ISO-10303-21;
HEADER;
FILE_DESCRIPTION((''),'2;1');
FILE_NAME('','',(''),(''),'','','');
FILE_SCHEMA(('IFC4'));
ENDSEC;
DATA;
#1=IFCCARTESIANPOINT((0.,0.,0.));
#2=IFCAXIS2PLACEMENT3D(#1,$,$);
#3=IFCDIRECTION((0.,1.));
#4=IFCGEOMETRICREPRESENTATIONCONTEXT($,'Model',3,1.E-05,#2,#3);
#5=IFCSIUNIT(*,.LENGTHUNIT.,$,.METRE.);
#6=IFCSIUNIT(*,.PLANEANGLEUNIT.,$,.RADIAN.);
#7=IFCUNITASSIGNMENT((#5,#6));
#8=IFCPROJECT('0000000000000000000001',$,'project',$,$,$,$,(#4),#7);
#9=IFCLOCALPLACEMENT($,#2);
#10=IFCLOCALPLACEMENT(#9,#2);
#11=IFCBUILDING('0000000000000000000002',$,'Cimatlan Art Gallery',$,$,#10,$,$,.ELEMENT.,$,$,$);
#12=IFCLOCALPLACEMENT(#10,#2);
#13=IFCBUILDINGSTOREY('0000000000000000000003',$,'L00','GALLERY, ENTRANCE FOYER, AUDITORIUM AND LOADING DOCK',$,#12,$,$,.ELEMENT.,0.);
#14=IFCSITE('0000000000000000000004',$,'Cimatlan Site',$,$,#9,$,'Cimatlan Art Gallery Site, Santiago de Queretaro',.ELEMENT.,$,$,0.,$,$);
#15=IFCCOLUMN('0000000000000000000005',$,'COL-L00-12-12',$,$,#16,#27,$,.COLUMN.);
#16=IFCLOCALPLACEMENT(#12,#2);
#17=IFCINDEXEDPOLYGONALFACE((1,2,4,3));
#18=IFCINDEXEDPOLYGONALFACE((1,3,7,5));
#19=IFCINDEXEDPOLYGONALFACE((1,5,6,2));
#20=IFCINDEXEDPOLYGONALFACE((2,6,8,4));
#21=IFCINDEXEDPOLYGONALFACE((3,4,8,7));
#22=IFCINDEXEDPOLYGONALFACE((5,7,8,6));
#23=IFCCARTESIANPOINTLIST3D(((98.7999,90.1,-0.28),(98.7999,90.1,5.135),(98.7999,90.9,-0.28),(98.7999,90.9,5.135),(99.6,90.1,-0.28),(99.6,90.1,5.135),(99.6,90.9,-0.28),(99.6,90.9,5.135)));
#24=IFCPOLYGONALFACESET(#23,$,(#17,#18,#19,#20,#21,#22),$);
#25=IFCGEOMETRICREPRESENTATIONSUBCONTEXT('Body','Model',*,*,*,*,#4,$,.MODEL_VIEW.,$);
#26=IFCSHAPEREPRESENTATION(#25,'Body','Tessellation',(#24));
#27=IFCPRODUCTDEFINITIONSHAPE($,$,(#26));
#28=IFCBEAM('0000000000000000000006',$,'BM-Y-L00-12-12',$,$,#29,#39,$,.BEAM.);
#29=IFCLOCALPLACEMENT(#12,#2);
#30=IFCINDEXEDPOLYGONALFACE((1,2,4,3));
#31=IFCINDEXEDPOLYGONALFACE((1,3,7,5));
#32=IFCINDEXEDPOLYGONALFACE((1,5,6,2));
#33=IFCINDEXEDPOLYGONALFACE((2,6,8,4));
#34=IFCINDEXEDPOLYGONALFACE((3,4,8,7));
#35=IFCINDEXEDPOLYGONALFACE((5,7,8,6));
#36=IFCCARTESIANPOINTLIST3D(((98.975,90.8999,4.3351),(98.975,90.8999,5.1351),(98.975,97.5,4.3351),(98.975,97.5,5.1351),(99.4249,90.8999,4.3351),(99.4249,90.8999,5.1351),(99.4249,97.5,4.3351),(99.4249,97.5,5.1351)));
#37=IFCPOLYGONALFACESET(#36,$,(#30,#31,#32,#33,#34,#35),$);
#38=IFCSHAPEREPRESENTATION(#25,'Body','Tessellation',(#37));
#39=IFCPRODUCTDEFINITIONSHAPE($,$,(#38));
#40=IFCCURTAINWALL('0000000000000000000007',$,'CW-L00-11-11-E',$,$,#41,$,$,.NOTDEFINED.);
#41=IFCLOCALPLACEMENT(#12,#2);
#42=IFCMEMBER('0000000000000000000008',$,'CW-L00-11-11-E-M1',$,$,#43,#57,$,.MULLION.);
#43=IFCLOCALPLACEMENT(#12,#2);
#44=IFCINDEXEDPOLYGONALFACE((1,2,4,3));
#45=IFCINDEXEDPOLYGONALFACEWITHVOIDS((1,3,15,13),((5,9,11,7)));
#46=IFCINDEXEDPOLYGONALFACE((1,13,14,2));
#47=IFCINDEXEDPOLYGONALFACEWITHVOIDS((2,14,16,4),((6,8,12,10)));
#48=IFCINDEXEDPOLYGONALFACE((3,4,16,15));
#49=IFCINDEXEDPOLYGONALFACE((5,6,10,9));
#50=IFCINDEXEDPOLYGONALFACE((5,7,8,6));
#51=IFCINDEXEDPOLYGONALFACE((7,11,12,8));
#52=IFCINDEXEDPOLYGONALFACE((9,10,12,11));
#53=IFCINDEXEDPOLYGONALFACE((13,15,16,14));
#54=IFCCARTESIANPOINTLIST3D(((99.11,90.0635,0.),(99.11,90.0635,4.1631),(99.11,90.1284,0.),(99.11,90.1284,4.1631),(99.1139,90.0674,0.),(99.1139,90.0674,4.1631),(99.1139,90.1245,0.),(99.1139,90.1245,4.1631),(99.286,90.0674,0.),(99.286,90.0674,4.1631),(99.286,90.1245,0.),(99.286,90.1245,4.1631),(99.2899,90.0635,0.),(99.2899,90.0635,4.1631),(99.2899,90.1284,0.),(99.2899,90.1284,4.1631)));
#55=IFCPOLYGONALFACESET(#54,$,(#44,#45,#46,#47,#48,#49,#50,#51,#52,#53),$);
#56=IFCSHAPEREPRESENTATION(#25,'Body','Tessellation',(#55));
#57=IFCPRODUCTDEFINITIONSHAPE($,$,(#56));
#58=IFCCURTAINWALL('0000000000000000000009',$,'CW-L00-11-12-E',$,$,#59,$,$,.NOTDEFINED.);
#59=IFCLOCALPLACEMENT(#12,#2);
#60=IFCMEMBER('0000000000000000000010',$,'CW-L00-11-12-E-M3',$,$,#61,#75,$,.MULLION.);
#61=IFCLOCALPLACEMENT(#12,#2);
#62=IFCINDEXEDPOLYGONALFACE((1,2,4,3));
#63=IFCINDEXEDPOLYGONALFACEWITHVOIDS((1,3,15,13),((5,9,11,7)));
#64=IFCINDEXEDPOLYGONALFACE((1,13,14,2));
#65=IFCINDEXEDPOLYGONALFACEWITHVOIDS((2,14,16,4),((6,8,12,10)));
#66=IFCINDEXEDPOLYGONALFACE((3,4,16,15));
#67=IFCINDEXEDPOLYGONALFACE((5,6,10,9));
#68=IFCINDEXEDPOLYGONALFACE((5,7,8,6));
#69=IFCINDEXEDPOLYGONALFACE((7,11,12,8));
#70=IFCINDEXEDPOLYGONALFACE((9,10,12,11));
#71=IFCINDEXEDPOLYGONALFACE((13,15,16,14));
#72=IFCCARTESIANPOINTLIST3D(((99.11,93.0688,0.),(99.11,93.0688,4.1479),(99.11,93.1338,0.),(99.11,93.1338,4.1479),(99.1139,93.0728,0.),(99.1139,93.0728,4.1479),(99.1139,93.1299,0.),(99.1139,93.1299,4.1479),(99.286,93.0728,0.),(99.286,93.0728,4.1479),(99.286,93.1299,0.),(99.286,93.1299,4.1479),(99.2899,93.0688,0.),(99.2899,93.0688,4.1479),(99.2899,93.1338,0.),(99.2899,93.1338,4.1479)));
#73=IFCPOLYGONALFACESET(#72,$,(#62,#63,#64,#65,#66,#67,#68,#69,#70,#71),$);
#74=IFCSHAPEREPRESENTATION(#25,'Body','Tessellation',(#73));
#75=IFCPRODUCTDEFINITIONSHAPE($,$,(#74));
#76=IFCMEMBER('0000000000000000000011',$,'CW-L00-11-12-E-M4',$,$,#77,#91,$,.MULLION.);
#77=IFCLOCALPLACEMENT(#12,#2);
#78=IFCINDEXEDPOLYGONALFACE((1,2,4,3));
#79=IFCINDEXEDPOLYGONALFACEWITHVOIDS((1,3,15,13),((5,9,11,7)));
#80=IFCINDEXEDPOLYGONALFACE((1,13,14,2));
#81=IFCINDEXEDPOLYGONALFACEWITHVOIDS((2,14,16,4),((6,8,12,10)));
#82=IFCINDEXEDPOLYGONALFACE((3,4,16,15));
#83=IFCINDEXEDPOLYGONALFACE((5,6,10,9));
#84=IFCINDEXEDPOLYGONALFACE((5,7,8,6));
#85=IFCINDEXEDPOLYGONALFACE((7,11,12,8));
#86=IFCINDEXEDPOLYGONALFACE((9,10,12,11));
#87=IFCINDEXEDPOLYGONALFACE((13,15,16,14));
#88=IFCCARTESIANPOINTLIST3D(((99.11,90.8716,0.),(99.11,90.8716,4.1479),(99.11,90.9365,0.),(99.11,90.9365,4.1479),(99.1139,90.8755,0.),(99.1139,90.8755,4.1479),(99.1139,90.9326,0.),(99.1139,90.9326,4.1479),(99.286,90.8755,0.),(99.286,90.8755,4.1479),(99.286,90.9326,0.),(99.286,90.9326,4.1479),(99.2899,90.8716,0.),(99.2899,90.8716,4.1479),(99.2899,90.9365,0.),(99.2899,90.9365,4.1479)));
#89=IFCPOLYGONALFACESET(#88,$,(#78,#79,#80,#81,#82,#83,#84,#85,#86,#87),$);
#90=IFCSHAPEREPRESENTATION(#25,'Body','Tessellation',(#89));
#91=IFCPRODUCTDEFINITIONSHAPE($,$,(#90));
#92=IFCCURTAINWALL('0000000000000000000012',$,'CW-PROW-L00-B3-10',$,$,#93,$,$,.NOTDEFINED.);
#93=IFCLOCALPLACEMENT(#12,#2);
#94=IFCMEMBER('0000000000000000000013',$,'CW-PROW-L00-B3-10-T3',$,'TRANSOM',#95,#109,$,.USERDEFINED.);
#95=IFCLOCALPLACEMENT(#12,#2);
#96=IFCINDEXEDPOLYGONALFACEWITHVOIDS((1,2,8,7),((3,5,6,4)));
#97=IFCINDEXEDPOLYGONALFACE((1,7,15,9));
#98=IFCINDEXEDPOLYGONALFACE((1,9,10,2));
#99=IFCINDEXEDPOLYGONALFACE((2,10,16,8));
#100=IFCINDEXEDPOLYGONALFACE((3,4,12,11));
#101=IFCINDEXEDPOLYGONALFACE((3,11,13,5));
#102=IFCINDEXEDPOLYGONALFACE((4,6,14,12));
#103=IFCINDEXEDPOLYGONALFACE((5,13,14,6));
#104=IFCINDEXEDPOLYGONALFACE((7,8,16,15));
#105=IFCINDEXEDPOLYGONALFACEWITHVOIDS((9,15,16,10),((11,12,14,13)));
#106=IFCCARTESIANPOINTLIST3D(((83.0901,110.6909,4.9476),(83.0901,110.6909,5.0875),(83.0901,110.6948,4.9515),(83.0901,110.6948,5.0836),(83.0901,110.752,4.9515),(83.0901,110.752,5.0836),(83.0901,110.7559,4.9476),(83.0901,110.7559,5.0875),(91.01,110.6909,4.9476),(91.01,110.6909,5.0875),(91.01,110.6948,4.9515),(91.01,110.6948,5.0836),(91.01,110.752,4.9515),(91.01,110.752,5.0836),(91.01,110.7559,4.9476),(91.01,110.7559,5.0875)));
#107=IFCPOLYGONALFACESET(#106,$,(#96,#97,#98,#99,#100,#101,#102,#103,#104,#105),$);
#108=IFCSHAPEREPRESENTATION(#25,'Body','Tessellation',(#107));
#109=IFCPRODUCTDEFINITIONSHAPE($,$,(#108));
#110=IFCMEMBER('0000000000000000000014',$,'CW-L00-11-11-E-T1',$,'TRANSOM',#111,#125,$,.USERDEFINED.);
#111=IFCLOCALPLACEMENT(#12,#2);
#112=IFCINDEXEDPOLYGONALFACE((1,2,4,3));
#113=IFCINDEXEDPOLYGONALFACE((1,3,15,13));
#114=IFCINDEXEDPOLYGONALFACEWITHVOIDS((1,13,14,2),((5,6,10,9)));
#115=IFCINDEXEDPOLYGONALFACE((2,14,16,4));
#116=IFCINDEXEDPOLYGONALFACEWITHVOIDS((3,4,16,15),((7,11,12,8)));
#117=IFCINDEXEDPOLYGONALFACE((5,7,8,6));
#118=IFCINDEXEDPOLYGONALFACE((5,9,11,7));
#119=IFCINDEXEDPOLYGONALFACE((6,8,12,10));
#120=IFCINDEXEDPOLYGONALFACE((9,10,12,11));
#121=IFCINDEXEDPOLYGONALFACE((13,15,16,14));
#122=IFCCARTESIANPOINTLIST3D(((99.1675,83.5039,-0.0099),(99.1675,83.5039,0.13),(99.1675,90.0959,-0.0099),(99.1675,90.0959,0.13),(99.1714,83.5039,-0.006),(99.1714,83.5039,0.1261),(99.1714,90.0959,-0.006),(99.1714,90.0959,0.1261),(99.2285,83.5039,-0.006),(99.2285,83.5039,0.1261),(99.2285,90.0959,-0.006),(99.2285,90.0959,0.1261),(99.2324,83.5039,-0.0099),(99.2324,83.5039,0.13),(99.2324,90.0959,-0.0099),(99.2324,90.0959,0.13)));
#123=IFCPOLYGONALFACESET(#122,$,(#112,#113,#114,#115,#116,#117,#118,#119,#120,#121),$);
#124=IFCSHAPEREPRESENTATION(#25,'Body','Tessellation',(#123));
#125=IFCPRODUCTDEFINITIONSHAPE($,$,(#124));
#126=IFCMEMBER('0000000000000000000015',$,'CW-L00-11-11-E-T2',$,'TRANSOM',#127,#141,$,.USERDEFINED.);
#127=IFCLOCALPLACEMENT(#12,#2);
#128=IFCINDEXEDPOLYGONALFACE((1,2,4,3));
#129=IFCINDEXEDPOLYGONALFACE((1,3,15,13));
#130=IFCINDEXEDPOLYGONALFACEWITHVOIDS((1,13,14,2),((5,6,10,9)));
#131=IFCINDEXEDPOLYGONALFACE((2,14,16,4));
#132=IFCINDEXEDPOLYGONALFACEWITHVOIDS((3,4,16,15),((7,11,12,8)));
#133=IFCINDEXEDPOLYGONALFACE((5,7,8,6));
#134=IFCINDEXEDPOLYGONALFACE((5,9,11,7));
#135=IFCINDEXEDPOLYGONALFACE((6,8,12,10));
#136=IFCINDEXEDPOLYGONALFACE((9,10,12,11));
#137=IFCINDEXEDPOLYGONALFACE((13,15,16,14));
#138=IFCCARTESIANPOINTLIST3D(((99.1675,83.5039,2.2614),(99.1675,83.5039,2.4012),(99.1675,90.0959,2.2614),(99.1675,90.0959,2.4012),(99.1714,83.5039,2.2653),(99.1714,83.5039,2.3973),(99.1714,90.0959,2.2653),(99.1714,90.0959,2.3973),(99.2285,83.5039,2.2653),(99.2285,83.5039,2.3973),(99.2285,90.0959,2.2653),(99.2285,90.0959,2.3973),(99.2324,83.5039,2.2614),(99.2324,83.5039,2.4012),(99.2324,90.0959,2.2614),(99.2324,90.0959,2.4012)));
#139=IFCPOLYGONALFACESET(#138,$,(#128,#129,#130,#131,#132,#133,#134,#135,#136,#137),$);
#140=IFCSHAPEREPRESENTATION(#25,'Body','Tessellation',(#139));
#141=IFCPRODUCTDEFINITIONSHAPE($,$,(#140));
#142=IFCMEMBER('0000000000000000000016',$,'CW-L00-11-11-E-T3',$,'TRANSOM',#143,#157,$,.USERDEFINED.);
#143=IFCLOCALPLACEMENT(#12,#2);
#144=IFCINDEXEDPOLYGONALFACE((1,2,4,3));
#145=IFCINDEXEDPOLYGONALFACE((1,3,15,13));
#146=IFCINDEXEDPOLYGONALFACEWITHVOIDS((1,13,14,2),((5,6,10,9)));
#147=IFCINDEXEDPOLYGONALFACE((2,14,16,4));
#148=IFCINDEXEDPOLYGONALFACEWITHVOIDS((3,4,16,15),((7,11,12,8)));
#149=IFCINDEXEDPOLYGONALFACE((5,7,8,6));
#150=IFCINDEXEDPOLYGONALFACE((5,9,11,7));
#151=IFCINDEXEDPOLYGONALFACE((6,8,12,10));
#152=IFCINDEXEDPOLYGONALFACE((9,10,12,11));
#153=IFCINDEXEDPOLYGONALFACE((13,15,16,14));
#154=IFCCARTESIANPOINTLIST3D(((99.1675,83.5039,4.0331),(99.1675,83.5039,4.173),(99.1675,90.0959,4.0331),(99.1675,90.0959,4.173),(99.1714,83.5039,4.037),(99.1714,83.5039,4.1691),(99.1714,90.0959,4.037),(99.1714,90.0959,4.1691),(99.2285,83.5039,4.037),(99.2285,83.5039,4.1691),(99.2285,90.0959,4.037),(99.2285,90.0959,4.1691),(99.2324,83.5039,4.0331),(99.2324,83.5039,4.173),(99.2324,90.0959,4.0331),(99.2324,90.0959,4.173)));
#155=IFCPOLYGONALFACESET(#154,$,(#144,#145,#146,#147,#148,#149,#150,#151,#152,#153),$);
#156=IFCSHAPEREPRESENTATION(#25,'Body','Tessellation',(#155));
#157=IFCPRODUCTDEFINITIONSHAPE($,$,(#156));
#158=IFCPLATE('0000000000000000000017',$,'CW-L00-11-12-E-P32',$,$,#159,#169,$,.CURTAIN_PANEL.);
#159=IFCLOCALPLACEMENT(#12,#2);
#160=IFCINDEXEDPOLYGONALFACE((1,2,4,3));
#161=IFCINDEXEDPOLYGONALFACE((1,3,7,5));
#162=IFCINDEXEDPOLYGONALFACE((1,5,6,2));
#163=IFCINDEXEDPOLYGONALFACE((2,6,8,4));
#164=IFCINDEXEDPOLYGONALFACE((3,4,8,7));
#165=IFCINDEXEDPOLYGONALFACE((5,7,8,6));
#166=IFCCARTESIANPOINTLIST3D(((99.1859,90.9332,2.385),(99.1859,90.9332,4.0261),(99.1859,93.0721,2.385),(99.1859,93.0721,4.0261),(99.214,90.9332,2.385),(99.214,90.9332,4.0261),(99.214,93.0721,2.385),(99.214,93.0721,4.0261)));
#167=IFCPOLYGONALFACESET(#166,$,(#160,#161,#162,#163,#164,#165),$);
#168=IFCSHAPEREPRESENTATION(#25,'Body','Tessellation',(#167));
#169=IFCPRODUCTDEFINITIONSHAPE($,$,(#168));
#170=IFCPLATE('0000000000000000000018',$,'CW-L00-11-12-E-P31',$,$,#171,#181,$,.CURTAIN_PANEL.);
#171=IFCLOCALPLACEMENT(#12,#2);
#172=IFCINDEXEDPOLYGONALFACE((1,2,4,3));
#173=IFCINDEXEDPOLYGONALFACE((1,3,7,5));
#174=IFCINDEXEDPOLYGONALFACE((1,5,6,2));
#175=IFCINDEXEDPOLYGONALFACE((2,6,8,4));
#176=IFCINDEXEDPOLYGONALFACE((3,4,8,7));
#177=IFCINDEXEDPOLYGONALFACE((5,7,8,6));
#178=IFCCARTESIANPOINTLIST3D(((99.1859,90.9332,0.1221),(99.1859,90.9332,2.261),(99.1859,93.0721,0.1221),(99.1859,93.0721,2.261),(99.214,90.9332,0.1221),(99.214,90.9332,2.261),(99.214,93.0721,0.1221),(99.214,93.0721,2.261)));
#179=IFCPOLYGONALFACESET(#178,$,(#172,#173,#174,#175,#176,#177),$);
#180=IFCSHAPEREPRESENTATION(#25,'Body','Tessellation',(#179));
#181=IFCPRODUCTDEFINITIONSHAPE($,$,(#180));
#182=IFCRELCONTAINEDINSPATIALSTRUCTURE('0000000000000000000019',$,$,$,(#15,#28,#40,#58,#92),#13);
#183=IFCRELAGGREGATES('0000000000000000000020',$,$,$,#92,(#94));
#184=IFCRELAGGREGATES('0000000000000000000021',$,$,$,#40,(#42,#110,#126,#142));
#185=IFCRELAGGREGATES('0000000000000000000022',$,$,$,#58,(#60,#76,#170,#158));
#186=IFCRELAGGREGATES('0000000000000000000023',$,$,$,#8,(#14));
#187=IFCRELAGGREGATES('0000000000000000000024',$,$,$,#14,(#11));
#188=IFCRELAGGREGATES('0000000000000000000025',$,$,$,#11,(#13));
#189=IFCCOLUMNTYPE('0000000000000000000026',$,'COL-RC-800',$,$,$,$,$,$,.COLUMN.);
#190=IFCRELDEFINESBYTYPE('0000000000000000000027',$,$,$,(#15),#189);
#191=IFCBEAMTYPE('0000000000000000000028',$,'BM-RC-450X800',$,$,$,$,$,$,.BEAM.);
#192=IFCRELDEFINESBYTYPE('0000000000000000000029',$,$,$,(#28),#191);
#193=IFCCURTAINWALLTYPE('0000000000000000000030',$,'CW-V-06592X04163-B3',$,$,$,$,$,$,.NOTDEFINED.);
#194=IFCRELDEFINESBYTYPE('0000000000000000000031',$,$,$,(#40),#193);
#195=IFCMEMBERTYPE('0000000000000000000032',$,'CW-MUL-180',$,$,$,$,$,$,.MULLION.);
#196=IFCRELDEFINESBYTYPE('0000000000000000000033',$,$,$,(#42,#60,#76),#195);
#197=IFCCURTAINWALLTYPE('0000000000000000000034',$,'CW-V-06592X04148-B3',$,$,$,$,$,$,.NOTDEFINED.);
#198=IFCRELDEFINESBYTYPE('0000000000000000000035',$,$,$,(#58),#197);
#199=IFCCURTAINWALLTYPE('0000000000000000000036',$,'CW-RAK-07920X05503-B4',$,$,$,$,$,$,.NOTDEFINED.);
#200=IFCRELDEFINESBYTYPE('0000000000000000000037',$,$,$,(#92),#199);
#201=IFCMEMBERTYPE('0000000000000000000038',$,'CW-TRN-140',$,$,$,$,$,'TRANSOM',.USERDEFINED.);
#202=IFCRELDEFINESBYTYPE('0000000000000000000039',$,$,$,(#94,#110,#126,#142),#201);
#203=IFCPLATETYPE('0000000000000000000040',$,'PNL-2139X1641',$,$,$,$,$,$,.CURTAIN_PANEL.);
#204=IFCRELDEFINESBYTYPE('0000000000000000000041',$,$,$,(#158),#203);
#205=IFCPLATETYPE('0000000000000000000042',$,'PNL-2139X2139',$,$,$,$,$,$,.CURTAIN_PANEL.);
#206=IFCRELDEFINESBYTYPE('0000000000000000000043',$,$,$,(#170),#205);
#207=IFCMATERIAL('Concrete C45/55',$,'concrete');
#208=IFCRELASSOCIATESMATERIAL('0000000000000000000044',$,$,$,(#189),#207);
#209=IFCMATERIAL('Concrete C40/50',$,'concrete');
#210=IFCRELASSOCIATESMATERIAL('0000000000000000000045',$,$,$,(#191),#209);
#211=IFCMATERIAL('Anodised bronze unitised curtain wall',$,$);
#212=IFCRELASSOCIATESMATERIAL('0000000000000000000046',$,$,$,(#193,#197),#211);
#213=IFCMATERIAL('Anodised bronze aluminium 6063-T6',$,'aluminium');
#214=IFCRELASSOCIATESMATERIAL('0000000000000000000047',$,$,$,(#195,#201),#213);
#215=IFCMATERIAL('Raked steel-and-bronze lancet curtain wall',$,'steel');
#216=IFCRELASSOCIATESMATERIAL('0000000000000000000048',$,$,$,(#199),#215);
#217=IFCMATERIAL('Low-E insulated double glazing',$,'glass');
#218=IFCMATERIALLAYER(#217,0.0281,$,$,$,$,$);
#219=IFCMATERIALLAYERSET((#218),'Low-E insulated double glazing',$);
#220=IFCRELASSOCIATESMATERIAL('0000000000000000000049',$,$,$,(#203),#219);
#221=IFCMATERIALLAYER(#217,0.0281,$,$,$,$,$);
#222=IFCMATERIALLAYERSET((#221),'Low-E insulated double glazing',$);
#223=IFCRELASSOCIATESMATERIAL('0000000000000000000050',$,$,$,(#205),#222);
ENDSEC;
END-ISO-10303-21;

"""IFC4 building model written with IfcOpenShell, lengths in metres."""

from ifc_helpers import new_model, si_unit, direction, frame, origin, origin_2d, place, context, subcontext, project, spatial, rectangle, hollow_rectangle, extrude, material, layer, layer_set, material_profile, profile_set, type_object, element, aggregate, save


model = new_model("IFC4")

# Units and contexts
model_context = context("Model", 3, precision=1e-05, world=origin(), true_north=direction((0.0, 1.0)))
body_context = subcontext(model_context, "Body", "Model", "MODEL_VIEW")
ifc_project = project(units=[si_unit("LENGTHUNIT", "METRE"), si_unit("PLANEANGLEUNIT", "RADIAN")], contexts=[model_context])

# Site, building, storey
site_placement = place(None, origin())
site = spatial("IfcSite", under=ifc_project, at=site_placement, Name="Cimatlan Site", LongName="Cimatlan Art Gallery Site, Santiago de Queretaro", CompositionType="ELEMENT", RefElevation=0.0)
building_placement = place(site_placement, origin())
building = spatial("IfcBuilding", under=site, at=building_placement, Name="Cimatlan Art Gallery", CompositionType="ELEMENT")
storey_placement = place(building_placement, origin())
storey = spatial("IfcBuildingStorey", under=building, at=storey_placement, Name="L00", Description="GALLERY, ENTRANCE FOYER, AUDITORIUM AND LOADING DOCK", CompositionType="ELEMENT", Elevation=0.0)

# Shared definitions
ifc_material_1 = material(Name="Concrete C40/50", Category="concrete")

# Column
ifc_material_2 = material(Name="Concrete C45/55", Category="concrete")
ifc_material_profile_1 = material_profile(ifc_material_2, rectangle(XDim=0.8, YDim=0.8, at=origin_2d()), Name="RC800X800")
ifc_profile_set_1 = profile_set([ifc_material_profile_1], Name="Concrete C45/55")
column_type = type_object("IfcColumnType", Name="COL-RC-800", PredefinedType="COLUMN", material=ifc_profile_set_1)
column_placement = place(storey_placement, frame((99.2, 90.5, -0.28), z_axis=(0.0, 0.0, 1.0), x_axis=(1.0, 0.0, 0.0)))
element("IfcColumn", 1, at=column_placement, inside=storey, type_object=column_type, Name="COL-L00-12-12", PredefinedType="COLUMN", context=body_context, shape_type="SweptSolid", body=[
    extrude(rectangle(XDim=0.8, YDim=0.8, at=origin_2d()), origin(), (0.0, 0.0, 1.0), 5.415),
])

# Beam
ifc_material_profile_2 = material_profile(ifc_material_1, rectangle(XDim=0.45, YDim=0.8, at=origin_2d()), Name="RC450X800")
ifc_profile_set_2 = profile_set([ifc_material_profile_2], Name="Concrete C40/50")
beam_type = type_object("IfcBeamType", Name="BM-RC-450X800", PredefinedType="BEAM", material=ifc_profile_set_2)
beam_placement = place(storey_placement, frame((99.2, 90.8999, 4.7351), z_axis=(0.0, 1.0, 0.0), x_axis=(-1.0, 0.0, 0.0)))
element("IfcBeam", 2, at=beam_placement, inside=storey, type_object=beam_type, Name="BM-Y-L00-12-12", PredefinedType="BEAM", context=body_context, shape_type="SweptSolid", body=[
    extrude(rectangle(XDim=0.45, YDim=0.8, at=origin_2d()), origin(), (0.0, 0.0, 1.0), 6.6001),
])

# Curtain wall, member
ifc_material_3 = material(Name="Anodised bronze unitised curtain wall")
curtain_wall_type_1 = type_object("IfcCurtainWallType", Name="CW-V-06592X04163-B3", PredefinedType="NOTDEFINED", material=ifc_material_3)
curtain_wall_1_placement = place(storey_placement, origin())
curtain_wall_1 = element("IfcCurtainWall", 3, at=curtain_wall_1_placement, inside=storey, type_object=curtain_wall_type_1, Name="CW-L00-11-11-E", PredefinedType="NOTDEFINED")
ifc_material_4 = material(Name="Anodised bronze aluminium 6063-T6", Category="aluminium")
ifc_material_profile_3 = material_profile(ifc_material_4, hollow_rectangle(XDim=0.0649, YDim=0.1799, WallThickness=0.0039, at=origin_2d()), Name="ALU65X180X4")
ifc_profile_set_3 = profile_set([ifc_material_profile_3], Name="Anodised bronze aluminium 6063-T6")
member_type_1 = type_object("IfcMemberType", Name="CW-MUL-180", PredefinedType="MULLION", material=ifc_profile_set_3)
member_1_placement = place(storey_placement, frame((99.2, 90.0959, 0.0), z_axis=(0.0, 0.0, 1.0), x_axis=(0.0, 1.0, 0.0)))
member_1 = element("IfcMember", 4, at=member_1_placement, type_object=member_type_1, Name="CW-L00-11-11-E-M1", PredefinedType="MULLION", context=body_context, shape_type="SweptSolid", body=[
    extrude(hollow_rectangle(XDim=0.0649, YDim=0.1799, WallThickness=0.0039, at=origin_2d()), origin(), (0.0, 0.0, 1.0), 4.1631),
])

# Curtain wall, members
curtain_wall_type_2 = type_object("IfcCurtainWallType", Name="CW-V-06592X04148-B3", PredefinedType="NOTDEFINED", material=ifc_material_3)
curtain_wall_2_placement = place(storey_placement, origin())
curtain_wall_2 = element("IfcCurtainWall", 5, at=curtain_wall_2_placement, inside=storey, type_object=curtain_wall_type_2, Name="CW-L00-11-12-E", PredefinedType="NOTDEFINED")
member_2_placement = place(storey_placement, frame((99.2, 93.1013, 0.0), z_axis=(0.0, 0.0, 1.0), x_axis=(0.0, 1.0, 0.0)))
member_2 = element("IfcMember", 6, at=member_2_placement, type_object=member_type_1, Name="CW-L00-11-12-E-M3", PredefinedType="MULLION", context=body_context, shape_type="SweptSolid", body=[
    extrude(hollow_rectangle(XDim=0.0649, YDim=0.1799, WallThickness=0.0039, at=origin_2d()), origin(), (0.0, 0.0, 1.0), 4.1479),
])
member_3_placement = place(storey_placement, frame((99.2, 90.9041, 0.0), z_axis=(0.0, 0.0, 1.0), x_axis=(0.0, 1.0, 0.0)))
member_3 = element("IfcMember", 7, at=member_3_placement, type_object=member_type_1, Name="CW-L00-11-12-E-M4", PredefinedType="MULLION", context=body_context, shape_type="SweptSolid", body=[
    extrude(hollow_rectangle(XDim=0.0649, YDim=0.1799, WallThickness=0.0039, at=origin_2d()), origin(), (0.0, 0.0, 1.0), 4.1479),
])

# Curtain wall, member
ifc_material_5 = material(Name="Raked steel-and-bronze lancet curtain wall", Category="steel")
curtain_wall_type_3 = type_object("IfcCurtainWallType", Name="CW-RAK-07920X05503-B4", PredefinedType="NOTDEFINED", material=ifc_material_5)
curtain_wall_3_placement = place(storey_placement, origin())
curtain_wall_3 = element("IfcCurtainWall", 8, at=curtain_wall_3_placement, inside=storey, type_object=curtain_wall_type_3, Name="CW-PROW-L00-B3-10", PredefinedType="NOTDEFINED")
ifc_material_profile_4 = material_profile(ifc_material_4, hollow_rectangle(XDim=0.0649, YDim=0.1399, WallThickness=0.0039, at=origin_2d()), Name="ALU65X140X4")
ifc_profile_set_4 = profile_set([ifc_material_profile_4], Name="Anodised bronze aluminium 6063-T6")
member_type_2 = type_object("IfcMemberType", Name="CW-TRN-140", ElementType="TRANSOM", PredefinedType="USERDEFINED", material=ifc_profile_set_4)
member_4_placement = place(storey_placement, frame((83.0901, 110.7234, 5.0176), z_axis=(1.0, 0.0, 0.0), x_axis=(0.0, 1.0, 0.0)))
member_4 = element("IfcMember", 9, at=member_4_placement, type_object=member_type_2, Name="CW-PROW-L00-B3-10-T3", ObjectType="TRANSOM", PredefinedType="USERDEFINED", context=body_context, shape_type="SweptSolid", body=[
    extrude(hollow_rectangle(XDim=0.0649, YDim=0.1399, WallThickness=0.0039, at=origin_2d()), origin(), (0.0, 0.0, 1.0), 7.9199),
])
aggregate(curtain_wall_3, [member_4])

# Members
member_5_placement = place(storey_placement, frame((99.2, 90.0959, 0.0601), z_axis=(0.0, -1.0, 0.0), x_axis=(1.0, 0.0, 0.0)))
member_5 = element("IfcMember", 10, at=member_5_placement, type_object=member_type_2, Name="CW-L00-11-11-E-T1", ObjectType="TRANSOM", PredefinedType="USERDEFINED", context=body_context, shape_type="SweptSolid", body=[
    extrude(hollow_rectangle(XDim=0.0649, YDim=0.1399, WallThickness=0.0039, at=origin_2d()), origin(), (0.0, 0.0, 1.0), 6.592),
])
member_6_placement = place(storey_placement, frame((99.2, 90.0959, 2.3313), z_axis=(0.0, -1.0, 0.0), x_axis=(1.0, 0.0, 0.0)))
member_6 = element("IfcMember", 11, at=member_6_placement, type_object=member_type_2, Name="CW-L00-11-11-E-T2", ObjectType="TRANSOM", PredefinedType="USERDEFINED", context=body_context, shape_type="SweptSolid", body=[
    extrude(hollow_rectangle(XDim=0.0649, YDim=0.1399, WallThickness=0.0039, at=origin_2d()), origin(), (0.0, 0.0, 1.0), 6.592),
])
member_7_placement = place(storey_placement, frame((99.2, 90.0959, 4.103), z_axis=(0.0, -1.0, 0.0), x_axis=(1.0, 0.0, 0.0)))
member_7 = element("IfcMember", 12, at=member_7_placement, type_object=member_type_2, Name="CW-L00-11-11-E-T3", ObjectType="TRANSOM", PredefinedType="USERDEFINED", context=body_context, shape_type="SweptSolid", body=[
    extrude(hollow_rectangle(XDim=0.0649, YDim=0.1399, WallThickness=0.0039, at=origin_2d()), origin(), (0.0, 0.0, 1.0), 6.592),
])
aggregate(curtain_wall_1, [member_1, member_5, member_6, member_7])

# Plates
ifc_material_6 = material(Name="Low-E insulated double glazing", Category="glass")
ifc_layer_1 = layer(ifc_material_6, 0.0281)
ifc_layer_set_1 = layer_set([ifc_layer_1], Name="Low-E insulated double glazing")
plate_type_1 = type_object("IfcPlateType", Name="PNL-2139X1641", PredefinedType="CURTAIN_PANEL", material=ifc_layer_set_1)
plate_1_placement = place(storey_placement, frame((99.2, 92.0027, 2.385), z_axis=(0.0, 0.0, 1.0), x_axis=(0.0, -1.0, 0.0)))
plate_1 = element("IfcPlate", 13, at=plate_1_placement, type_object=plate_type_1, Name="CW-L00-11-12-E-P32", PredefinedType="CURTAIN_PANEL", context=body_context, shape_type="SweptSolid", body=[
    extrude(rectangle(XDim=2.1389, YDim=0.0281, at=origin_2d()), origin(), (0.0, 0.0, 1.0), 1.6411),
])
ifc_layer_2 = layer(ifc_material_6, 0.0281)
ifc_layer_set_2 = layer_set([ifc_layer_2], Name="Low-E insulated double glazing")
plate_type_2 = type_object("IfcPlateType", Name="PNL-2139X2139", PredefinedType="CURTAIN_PANEL", material=ifc_layer_set_2)
plate_2_placement = place(storey_placement, frame((99.2, 92.0027, 0.1221), z_axis=(0.0, 0.0, 1.0), x_axis=(0.0, -1.0, 0.0)))
plate_2 = element("IfcPlate", 14, at=plate_2_placement, type_object=plate_type_2, Name="CW-L00-11-12-E-P31", PredefinedType="CURTAIN_PANEL", context=body_context, shape_type="SweptSolid", body=[
    extrude(rectangle(XDim=2.1389, YDim=0.0281, at=origin_2d()), origin(), (0.0, 0.0, 1.0), 2.1389),
])
aggregate(curtain_wall_2, [member_2, member_3, plate_2, plate_1])

save(model, "model.ifc")
